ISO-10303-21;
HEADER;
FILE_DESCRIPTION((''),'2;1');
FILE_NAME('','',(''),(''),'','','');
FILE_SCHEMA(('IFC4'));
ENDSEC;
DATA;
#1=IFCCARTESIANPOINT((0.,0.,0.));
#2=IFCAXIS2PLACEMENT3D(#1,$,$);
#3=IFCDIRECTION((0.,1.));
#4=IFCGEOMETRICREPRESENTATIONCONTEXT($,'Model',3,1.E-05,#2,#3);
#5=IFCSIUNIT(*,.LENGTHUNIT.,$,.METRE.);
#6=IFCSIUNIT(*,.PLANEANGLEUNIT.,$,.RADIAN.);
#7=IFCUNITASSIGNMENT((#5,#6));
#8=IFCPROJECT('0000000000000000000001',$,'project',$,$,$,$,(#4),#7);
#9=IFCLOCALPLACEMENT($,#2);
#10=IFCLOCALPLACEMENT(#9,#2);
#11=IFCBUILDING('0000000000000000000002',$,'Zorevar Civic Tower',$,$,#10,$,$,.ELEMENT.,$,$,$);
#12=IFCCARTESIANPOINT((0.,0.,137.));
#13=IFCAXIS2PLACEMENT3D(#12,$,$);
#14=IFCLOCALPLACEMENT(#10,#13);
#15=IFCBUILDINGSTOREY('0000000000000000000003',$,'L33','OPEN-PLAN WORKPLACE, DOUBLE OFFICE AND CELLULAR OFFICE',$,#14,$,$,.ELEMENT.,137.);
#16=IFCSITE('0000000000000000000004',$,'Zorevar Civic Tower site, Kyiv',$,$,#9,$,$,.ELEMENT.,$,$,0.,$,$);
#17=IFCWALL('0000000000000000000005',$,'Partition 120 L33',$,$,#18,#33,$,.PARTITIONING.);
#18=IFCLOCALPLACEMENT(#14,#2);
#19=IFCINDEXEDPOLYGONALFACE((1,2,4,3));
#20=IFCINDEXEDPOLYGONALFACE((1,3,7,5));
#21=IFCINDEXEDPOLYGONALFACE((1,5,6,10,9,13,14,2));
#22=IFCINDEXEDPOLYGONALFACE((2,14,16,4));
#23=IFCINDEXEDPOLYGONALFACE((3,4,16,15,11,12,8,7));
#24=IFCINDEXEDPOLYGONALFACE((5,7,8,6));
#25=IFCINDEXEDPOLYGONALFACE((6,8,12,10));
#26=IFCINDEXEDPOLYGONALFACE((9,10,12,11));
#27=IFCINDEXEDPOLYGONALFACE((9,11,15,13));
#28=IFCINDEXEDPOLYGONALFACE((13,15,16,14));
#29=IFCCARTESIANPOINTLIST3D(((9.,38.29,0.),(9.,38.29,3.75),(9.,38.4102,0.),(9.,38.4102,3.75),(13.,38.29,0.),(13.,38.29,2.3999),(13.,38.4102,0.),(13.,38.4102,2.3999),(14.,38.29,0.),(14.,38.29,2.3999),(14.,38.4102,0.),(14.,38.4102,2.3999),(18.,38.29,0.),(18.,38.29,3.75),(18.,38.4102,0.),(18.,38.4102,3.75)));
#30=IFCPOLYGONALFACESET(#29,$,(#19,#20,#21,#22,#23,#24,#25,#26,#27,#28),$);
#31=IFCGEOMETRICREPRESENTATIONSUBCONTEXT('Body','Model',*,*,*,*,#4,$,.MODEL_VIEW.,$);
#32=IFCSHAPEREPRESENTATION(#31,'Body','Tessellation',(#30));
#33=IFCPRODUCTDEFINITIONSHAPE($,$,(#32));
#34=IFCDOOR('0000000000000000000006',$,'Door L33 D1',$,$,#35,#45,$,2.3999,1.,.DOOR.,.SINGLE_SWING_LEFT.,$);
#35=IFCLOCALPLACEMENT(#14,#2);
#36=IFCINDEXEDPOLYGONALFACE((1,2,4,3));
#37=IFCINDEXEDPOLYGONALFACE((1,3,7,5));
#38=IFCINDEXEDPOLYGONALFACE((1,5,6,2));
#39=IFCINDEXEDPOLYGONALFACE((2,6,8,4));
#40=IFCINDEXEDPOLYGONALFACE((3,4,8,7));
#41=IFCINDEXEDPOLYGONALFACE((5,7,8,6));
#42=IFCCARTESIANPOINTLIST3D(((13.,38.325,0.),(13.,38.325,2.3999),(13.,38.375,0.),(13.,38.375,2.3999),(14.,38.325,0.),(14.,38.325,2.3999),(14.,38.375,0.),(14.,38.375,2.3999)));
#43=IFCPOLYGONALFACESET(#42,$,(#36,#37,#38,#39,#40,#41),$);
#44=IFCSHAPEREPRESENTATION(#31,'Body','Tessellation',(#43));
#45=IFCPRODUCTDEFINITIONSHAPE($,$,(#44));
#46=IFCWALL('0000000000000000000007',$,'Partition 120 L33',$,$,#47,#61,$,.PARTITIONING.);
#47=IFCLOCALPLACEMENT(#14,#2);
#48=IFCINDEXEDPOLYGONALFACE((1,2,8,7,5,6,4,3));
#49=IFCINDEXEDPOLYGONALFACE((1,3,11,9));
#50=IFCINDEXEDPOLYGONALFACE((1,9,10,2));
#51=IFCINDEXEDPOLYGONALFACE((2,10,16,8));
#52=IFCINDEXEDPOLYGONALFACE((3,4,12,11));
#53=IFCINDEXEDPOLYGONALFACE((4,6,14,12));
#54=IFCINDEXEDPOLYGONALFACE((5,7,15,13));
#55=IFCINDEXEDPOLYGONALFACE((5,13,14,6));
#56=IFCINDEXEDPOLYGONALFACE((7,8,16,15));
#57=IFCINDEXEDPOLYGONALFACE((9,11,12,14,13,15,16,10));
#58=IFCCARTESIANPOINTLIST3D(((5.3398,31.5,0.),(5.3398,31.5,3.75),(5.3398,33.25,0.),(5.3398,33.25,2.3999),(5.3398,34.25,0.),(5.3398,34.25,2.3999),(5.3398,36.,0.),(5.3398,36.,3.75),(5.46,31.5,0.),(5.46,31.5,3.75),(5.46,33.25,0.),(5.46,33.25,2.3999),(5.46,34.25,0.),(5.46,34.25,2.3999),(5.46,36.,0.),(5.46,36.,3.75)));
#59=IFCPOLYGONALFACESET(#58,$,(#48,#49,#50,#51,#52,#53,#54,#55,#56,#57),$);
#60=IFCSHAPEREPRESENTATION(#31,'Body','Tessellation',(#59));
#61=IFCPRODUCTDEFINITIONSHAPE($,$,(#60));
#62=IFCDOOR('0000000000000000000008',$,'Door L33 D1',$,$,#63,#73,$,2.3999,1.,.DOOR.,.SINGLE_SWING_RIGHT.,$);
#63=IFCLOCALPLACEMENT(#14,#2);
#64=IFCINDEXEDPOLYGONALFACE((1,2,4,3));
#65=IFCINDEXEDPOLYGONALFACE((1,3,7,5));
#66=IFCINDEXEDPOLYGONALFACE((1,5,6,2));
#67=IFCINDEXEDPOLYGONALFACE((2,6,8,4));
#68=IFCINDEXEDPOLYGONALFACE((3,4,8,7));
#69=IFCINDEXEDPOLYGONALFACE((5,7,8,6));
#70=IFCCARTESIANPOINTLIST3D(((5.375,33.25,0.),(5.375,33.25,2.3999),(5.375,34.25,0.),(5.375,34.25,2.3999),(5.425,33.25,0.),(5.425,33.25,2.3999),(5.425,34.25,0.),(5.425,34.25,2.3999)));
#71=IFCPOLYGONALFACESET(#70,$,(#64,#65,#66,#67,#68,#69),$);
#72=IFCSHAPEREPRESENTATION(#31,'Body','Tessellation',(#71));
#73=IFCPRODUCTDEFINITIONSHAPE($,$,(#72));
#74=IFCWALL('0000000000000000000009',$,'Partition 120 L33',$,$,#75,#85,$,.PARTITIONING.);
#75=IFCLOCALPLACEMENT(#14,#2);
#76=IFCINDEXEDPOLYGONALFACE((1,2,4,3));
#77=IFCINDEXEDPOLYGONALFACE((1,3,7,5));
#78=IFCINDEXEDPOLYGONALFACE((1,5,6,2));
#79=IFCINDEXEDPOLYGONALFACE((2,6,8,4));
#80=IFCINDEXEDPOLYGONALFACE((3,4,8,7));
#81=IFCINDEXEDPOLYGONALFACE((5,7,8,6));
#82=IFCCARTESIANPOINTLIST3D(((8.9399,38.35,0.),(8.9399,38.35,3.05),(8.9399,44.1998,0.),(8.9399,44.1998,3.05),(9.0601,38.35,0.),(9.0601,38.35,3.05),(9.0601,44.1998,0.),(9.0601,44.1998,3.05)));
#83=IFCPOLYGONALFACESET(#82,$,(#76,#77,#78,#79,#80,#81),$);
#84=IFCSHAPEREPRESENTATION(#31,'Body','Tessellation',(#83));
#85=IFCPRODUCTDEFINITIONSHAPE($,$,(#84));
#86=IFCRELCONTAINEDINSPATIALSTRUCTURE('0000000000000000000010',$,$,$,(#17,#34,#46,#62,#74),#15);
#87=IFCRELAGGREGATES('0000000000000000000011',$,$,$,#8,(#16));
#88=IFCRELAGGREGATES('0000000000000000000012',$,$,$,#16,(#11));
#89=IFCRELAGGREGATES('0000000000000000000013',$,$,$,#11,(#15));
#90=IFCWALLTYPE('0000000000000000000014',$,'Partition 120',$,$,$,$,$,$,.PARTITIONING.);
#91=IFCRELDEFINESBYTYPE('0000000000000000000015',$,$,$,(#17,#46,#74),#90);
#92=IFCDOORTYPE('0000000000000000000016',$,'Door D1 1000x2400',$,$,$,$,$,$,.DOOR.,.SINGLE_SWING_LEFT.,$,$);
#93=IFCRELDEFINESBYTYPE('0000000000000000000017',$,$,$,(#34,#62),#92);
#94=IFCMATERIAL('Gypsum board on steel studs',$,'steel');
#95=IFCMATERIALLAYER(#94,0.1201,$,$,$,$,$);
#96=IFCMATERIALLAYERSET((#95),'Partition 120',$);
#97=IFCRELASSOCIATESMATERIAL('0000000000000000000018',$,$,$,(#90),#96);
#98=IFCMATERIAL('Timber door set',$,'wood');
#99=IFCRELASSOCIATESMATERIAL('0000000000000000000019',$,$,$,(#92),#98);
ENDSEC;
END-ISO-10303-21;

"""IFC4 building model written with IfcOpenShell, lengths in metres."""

from ifc_helpers import new_model, si_unit, direction, frame, frame_2d, origin, place, context, subcontext, project, spatial, rectangle, extrude, material, layer, layer_set, type_object, element, fill, save


model = new_model("IFC4")

# Units and contexts
model_context = context("Model", 3, precision=1e-05, world=origin(), true_north=direction((0.0, 1.0)))
body_context = subcontext(model_context, "Body", "Model", "MODEL_VIEW")
ifc_project = project(units=[si_unit("LENGTHUNIT", "METRE"), si_unit("PLANEANGLEUNIT", "RADIAN")], contexts=[model_context])

# Site, building, storey
site_placement = place(None, origin())
site = spatial("IfcSite", under=ifc_project, at=site_placement, Name="Zorevar Civic Tower site, Kyiv", CompositionType="ELEMENT", RefElevation=0.0)
building_placement = place(site_placement, origin())
building = spatial("IfcBuilding", under=site, at=building_placement, Name="Zorevar Civic Tower", CompositionType="ELEMENT")
storey_placement = place(building_placement, frame((0.0, 0.0, 137.0)))
storey = spatial("IfcBuildingStorey", under=building, at=storey_placement, Name="L33", Description="OPEN-PLAN WORKPLACE, DOUBLE OFFICE AND CELLULAR OFFICE", CompositionType="ELEMENT", Elevation=137.0)

# Shared definitions
ifc_material_1 = material(Name="Gypsum board on steel studs", Category="steel")
ifc_layer_1 = layer(ifc_material_1, 0.1201)
ifc_layer_set_1 = layer_set([ifc_layer_1], Name="Partition 120")
wall_type_1 = type_object("IfcWallType", Name="Partition 120", PredefinedType="PARTITIONING", material=ifc_layer_set_1)

# Walls, openings, doors
wall_1_placement = place(storey_placement, frame((9.0, 38.3501, 0.0), z_axis=(0.0, 0.0, 1.0), x_axis=(1.0, 0.0, 0.0)))
wall_1 = element("IfcWall", 1, at=wall_1_placement, inside=storey, type_object=wall_type_1, Name="Partition 120 L33", PredefinedType="PARTITIONING", context=body_context, shape_type="SweptSolid", body=[
    extrude(rectangle(XDim=9.0, YDim=0.1201, at=frame_2d((4.5, 0.0))), origin(), (0.0, 0.0, 1.0), 3.75),
])
opening_1_placement = place(wall_1_placement, frame((4.0, 0.0, 0.0)))
opening_1 = element("IfcOpeningElement", 2, at=opening_1_placement, cuts=wall_1, PredefinedType="OPENING", context=body_context, shape_type="SweptSolid", body=[
    extrude(rectangle(XDim=1.0, YDim=2.3999, at=frame_2d((0.5, 1.2))), frame((0.0, 0.0701, 0.0), z_axis=(0.0, -1.0, 0.0), x_axis=(1.0, 0.0, 0.0)), (0.0, 0.0, 1.0), 0.1401),
])
ifc_material_2 = material(Name="Timber door set", Category="wood")
door_type = type_object("IfcDoorType", Name="Door D1 1000x2400", OperationType="SINGLE_SWING_LEFT", PredefinedType="DOOR", material=ifc_material_2)
door_1_placement = place(opening_1_placement, origin())
door_1 = element("IfcDoor", 3, at=door_1_placement, inside=storey, type_object=door_type, Name="Door L33 D1", OperationType="SINGLE_SWING_LEFT", OverallHeight=2.3999, OverallWidth=1.0, PredefinedType="DOOR", context=body_context, shape_type="SweptSolid", body=[
    extrude(rectangle(XDim=1.0, YDim=2.3999, at=frame_2d((0.5, 1.2))), frame((0.0, 0.0249, 0.0), z_axis=(0.0, -1.0, 0.0), x_axis=(1.0, 0.0, 0.0)), (0.0, 0.0, 1.0), 0.05),
])
fill(opening_1, door_1)
wall_2_placement = place(storey_placement, frame((5.3999, 31.5, 0.0), z_axis=(0.0, 0.0, 1.0), x_axis=(0.0, 1.0, 0.0)))
wall_2 = element("IfcWall", 4, at=wall_2_placement, inside=storey, type_object=wall_type_1, Name="Partition 120 L33", PredefinedType="PARTITIONING", context=body_context, shape_type="SweptSolid", body=[
    extrude(rectangle(XDim=4.5, YDim=0.1201, at=frame_2d((2.25, 0.0))), origin(), (0.0, 0.0, 1.0), 3.75),
])
opening_2_placement = place(wall_2_placement, frame((1.75, 0.0, 0.0)))
opening_2 = element("IfcOpeningElement", 5, at=opening_2_placement, cuts=wall_2, PredefinedType="OPENING", context=body_context, shape_type="SweptSolid", body=[
    extrude(rectangle(XDim=1.0, YDim=2.3999, at=frame_2d((0.5, 1.2))), frame((0.0, 0.0701, 0.0), z_axis=(0.0, -1.0, 0.0), x_axis=(1.0, 0.0, 0.0)), (0.0, 0.0, 1.0), 0.1401),
])
door_2_placement = place(opening_2_placement, origin())
door_2 = element("IfcDoor", 6, at=door_2_placement, inside=storey, type_object=door_type, Name="Door L33 D1", OperationType="SINGLE_SWING_RIGHT", OverallHeight=2.3999, OverallWidth=1.0, PredefinedType="DOOR", context=body_context, shape_type="SweptSolid", body=[
    extrude(rectangle(XDim=1.0, YDim=2.3999, at=frame_2d((0.5, 1.2))), frame((0.0, 0.0249, 0.0), z_axis=(0.0, -1.0, 0.0), x_axis=(1.0, 0.0, 0.0)), (0.0, 0.0, 1.0), 0.05),
])
fill(opening_2, door_2)

# Wall
wall_3_placement = place(storey_placement, frame((9.0, 38.3501, 0.0), z_axis=(0.0, 0.0, 1.0), x_axis=(0.0, 1.0, 0.0)))
element("IfcWall", 7, at=wall_3_placement, inside=storey, type_object=wall_type_1, Name="Partition 120 L33", PredefinedType="PARTITIONING", context=body_context, shape_type="SweptSolid", body=[
    extrude(rectangle(XDim=5.8499, YDim=0.1201, at=frame_2d((2.9248, 0.0))), origin(), (0.0, 0.0, 1.0), 3.05),
])

save(model, "model.ifc")
